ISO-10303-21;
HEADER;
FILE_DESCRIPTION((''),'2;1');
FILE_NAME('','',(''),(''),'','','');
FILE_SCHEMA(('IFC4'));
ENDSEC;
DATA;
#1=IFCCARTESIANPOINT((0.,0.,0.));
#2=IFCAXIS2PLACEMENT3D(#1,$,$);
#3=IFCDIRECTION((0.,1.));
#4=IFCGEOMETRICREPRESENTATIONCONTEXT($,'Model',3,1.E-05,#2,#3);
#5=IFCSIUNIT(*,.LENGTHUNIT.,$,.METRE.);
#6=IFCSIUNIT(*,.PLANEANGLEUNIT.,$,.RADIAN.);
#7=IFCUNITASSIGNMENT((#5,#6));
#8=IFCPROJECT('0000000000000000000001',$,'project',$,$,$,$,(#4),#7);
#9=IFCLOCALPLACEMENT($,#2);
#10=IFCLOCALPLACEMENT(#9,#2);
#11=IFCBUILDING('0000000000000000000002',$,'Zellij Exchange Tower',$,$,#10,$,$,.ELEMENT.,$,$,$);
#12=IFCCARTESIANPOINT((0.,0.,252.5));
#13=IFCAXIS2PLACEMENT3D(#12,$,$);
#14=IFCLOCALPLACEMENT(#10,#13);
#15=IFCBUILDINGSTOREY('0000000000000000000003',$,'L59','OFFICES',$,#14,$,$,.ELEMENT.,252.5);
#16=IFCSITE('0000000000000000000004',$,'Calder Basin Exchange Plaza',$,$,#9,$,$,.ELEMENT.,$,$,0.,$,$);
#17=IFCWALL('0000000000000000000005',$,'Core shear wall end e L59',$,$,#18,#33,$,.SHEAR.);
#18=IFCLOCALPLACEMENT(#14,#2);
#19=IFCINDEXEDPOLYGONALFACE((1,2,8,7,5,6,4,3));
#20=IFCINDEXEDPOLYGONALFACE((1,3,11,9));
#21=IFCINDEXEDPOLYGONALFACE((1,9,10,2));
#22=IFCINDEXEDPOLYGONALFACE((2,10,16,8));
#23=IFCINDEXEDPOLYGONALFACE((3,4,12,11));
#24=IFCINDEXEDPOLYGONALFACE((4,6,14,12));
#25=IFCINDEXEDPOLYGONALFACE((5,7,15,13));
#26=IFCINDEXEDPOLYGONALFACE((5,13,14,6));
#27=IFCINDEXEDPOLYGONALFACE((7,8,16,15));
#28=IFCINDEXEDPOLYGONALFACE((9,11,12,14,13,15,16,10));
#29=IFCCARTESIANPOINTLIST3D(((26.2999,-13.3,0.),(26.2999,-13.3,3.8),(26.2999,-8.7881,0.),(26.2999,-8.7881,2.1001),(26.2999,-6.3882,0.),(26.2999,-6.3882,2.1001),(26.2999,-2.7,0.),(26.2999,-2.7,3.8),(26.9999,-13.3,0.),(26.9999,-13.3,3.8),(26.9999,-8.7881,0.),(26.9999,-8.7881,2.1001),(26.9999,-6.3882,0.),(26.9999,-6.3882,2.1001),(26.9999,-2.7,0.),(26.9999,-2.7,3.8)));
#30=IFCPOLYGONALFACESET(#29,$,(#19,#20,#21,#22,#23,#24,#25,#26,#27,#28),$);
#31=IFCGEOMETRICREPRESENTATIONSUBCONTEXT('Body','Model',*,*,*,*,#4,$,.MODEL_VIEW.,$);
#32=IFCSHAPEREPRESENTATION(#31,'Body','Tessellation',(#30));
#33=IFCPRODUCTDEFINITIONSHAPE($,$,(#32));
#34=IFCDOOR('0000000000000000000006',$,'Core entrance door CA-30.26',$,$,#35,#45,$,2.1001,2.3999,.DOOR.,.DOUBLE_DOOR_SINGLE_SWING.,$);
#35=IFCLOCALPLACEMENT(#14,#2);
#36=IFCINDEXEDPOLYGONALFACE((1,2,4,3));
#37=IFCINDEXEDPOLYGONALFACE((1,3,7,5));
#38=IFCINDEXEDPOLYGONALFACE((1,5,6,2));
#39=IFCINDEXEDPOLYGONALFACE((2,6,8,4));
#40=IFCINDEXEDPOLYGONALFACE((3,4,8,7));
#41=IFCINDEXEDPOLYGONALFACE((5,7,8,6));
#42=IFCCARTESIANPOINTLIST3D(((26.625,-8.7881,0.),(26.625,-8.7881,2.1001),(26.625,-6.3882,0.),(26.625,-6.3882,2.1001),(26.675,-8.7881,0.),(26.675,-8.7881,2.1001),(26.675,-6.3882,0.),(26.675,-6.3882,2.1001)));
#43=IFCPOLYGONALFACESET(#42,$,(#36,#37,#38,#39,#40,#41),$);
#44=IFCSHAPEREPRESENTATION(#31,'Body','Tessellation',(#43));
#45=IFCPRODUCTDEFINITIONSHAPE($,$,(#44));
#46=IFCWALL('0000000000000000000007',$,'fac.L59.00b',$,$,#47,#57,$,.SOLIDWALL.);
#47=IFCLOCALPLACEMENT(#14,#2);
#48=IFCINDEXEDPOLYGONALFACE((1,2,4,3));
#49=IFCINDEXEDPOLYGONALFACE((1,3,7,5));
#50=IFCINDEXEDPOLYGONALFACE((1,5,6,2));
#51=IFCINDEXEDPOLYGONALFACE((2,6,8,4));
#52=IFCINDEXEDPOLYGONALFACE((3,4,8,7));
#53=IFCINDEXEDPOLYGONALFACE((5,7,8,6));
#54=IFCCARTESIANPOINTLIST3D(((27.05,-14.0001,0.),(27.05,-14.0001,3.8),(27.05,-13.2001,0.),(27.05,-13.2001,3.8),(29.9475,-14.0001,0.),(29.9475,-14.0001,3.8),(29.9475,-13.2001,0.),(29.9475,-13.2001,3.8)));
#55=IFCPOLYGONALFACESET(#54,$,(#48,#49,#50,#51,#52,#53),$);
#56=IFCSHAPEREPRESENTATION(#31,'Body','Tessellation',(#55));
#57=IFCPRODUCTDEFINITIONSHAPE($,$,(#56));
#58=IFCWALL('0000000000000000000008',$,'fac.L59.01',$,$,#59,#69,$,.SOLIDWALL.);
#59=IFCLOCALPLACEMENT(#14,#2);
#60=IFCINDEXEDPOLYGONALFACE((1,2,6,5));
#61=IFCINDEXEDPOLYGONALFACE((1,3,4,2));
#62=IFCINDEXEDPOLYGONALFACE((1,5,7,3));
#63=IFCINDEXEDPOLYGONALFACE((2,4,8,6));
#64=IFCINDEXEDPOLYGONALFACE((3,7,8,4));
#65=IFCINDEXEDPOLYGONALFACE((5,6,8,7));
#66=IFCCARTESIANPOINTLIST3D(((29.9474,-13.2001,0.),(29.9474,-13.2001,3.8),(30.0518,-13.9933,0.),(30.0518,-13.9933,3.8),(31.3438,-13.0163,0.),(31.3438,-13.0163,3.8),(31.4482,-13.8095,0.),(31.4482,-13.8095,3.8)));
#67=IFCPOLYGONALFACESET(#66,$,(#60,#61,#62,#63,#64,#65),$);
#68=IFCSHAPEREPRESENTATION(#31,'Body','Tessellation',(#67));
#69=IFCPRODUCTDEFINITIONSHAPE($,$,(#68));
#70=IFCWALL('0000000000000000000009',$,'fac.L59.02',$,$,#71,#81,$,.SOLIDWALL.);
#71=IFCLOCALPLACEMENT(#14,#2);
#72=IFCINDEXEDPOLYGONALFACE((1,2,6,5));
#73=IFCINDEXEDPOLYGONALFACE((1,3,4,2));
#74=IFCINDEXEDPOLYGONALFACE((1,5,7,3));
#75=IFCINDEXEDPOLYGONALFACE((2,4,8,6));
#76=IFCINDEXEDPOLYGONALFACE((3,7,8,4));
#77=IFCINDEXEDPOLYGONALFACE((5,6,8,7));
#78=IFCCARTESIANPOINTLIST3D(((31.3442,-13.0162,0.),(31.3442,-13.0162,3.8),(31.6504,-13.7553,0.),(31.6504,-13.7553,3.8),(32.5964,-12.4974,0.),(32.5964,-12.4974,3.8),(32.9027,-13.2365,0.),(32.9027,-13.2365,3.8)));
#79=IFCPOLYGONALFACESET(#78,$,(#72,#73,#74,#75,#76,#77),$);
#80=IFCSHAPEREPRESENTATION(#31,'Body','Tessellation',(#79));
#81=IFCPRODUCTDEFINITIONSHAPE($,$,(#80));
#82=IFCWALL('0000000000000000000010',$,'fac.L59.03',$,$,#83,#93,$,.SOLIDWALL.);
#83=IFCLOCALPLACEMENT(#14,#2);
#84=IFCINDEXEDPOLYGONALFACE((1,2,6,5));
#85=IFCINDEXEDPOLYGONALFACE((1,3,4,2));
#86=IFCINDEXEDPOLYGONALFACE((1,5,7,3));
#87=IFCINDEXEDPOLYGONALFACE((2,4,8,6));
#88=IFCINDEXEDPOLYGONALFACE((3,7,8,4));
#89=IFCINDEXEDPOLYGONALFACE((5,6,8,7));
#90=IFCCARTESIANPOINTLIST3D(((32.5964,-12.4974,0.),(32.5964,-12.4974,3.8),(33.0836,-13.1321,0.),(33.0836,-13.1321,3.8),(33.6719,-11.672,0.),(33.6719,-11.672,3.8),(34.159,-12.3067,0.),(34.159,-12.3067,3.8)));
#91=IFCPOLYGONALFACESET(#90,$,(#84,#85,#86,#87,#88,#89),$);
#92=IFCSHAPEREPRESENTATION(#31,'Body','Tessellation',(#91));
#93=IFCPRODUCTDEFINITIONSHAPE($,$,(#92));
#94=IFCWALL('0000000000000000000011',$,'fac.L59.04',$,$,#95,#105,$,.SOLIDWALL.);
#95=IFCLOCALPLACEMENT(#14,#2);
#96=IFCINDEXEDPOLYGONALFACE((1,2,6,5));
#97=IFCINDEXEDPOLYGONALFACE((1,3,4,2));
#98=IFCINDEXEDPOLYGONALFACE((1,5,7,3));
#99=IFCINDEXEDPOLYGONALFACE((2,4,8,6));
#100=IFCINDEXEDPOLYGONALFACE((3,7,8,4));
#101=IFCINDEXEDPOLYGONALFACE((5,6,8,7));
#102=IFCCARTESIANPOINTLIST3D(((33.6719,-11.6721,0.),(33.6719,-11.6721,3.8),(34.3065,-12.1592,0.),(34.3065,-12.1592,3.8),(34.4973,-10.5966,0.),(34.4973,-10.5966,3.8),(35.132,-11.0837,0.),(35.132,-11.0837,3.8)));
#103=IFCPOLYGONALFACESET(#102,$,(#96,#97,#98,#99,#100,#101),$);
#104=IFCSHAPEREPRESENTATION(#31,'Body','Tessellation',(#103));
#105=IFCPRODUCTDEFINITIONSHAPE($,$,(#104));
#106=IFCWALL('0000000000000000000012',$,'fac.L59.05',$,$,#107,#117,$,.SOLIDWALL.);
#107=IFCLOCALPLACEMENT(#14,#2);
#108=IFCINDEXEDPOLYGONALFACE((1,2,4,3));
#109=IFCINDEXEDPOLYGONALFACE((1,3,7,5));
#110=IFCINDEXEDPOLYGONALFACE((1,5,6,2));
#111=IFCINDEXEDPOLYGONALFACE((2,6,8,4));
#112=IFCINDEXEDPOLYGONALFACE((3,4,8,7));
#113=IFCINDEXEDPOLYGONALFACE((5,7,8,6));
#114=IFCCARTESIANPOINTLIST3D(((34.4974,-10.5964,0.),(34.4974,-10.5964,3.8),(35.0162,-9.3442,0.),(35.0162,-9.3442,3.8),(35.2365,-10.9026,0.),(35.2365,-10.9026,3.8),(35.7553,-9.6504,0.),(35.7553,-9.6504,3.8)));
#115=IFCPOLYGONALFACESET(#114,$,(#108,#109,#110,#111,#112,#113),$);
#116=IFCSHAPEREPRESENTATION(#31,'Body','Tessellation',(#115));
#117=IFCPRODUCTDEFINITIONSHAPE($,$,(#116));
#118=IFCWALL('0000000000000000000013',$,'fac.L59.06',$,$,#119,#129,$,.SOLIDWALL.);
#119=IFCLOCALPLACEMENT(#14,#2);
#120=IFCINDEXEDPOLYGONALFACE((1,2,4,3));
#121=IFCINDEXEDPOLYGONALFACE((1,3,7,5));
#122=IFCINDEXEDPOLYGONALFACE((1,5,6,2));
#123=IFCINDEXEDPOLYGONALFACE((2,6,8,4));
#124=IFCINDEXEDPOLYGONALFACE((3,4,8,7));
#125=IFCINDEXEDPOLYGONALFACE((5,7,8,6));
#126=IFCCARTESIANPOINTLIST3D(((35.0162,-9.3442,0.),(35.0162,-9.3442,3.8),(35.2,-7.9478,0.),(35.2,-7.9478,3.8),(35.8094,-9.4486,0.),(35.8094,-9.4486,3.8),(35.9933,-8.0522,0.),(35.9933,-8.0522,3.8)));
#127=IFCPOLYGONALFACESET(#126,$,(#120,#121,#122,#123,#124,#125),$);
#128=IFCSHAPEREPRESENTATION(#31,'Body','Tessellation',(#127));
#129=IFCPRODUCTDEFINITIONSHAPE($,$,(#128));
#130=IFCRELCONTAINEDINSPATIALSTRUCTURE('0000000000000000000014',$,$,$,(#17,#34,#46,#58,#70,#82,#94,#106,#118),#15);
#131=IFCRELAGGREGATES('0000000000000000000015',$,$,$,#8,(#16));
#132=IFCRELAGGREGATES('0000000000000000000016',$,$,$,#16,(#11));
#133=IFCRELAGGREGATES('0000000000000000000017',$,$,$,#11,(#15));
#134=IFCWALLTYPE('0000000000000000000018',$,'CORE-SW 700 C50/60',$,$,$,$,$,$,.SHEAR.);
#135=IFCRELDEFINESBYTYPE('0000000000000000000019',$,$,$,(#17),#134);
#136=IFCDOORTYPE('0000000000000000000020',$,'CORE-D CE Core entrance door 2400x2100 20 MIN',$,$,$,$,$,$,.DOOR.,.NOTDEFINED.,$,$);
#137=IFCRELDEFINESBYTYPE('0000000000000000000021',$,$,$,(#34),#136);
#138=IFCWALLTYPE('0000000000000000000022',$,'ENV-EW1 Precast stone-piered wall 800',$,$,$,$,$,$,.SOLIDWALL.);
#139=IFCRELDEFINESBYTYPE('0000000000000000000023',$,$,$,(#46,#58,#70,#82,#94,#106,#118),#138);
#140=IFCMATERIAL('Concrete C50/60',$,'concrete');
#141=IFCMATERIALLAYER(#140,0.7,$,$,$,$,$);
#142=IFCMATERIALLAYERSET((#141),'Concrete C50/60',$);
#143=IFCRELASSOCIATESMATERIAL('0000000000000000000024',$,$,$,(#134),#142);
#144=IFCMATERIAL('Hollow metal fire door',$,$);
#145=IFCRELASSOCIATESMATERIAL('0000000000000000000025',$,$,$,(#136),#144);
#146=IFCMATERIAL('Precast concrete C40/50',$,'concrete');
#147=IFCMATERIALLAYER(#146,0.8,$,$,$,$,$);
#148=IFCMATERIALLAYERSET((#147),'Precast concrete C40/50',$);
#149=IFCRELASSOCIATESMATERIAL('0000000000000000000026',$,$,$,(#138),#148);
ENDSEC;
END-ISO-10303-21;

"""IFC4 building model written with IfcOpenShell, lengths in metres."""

from ifc_helpers import new_model, si_unit, direction, frame, frame_2d, origin, place, context, subcontext, project, spatial, rectangle, extrude, material, layer, layer_set, type_object, element, fill, save


model = new_model("IFC4")

# Units and contexts
model_context = context("Model", 3, precision=1e-05, world=origin(), true_north=direction((0.0, 1.0)))
body_context = subcontext(model_context, "Body", "Model", "MODEL_VIEW")
ifc_project = project(units=[si_unit("LENGTHUNIT", "METRE"), si_unit("PLANEANGLEUNIT", "RADIAN")], contexts=[model_context])

# Site, building, storey
site_placement = place(None, origin())
site = spatial("IfcSite", under=ifc_project, at=site_placement, Name="Calder Basin Exchange Plaza", CompositionType="ELEMENT", RefElevation=0.0)
building_placement = place(site_placement, origin())
building = spatial("IfcBuilding", under=site, at=building_placement, Name="Zellij Exchange Tower", CompositionType="ELEMENT")
storey_placement = place(building_placement, frame((0.0, 0.0, 252.5)))
storey = spatial("IfcBuildingStorey", under=building, at=storey_placement, Name="L59", Description="OFFICES", CompositionType="ELEMENT", Elevation=252.5)

# Shared definitions
ifc_material_1 = material(Name="Concrete C50/60", Category="concrete")

# Wall, opening, door
ifc_layer_1 = layer(ifc_material_1, 0.7)
ifc_layer_set_1 = layer_set([ifc_layer_1], Name="Concrete C50/60")
wall_type_1 = type_object("IfcWallType", Name="CORE-SW 700 C50/60", PredefinedType="SHEAR", material=ifc_layer_set_1)
wall_1_placement = place(storey_placement, frame((26.6499, -13.3, 0.0), z_axis=(0.0, 0.0, 1.0), x_axis=(0.0, 1.0, 0.0)))
wall_1 = element("IfcWall", 1, at=wall_1_placement, inside=storey, type_object=wall_type_1, Name="Core shear wall end e L59", PredefinedType="SHEAR", context=body_context, shape_type="SweptSolid", body=[
    extrude(rectangle(XDim=10.6001, YDim=0.7, at=frame_2d((5.3, 0.0))), origin(), (0.0, 0.0, 1.0), 3.8),
])
opening_1_placement = place(wall_1_placement, frame((4.512, 0.0, 0.0)))
opening_1 = element("IfcOpeningElement", 2, at=opening_1_placement, cuts=wall_1, PredefinedType="OPENING", context=body_context, shape_type="SweptSolid", body=[
    extrude(rectangle(XDim=2.3999, YDim=2.1001, at=frame_2d((1.2, 1.05))), frame((0.0, 0.3618, 0.0), z_axis=(0.0, -1.0, 0.0), x_axis=(1.0, 0.0, 0.0)), (0.0, 0.0, 1.0), 0.7239),
])
ifc_material_2 = material(Name="Hollow metal fire door")
door_type_1 = type_object("IfcDoorType", Name="CORE-D CE Core entrance door 2400x2100 20 MIN", OperationType="NOTDEFINED", PredefinedType="DOOR", material=ifc_material_2)
door_1_placement = place(opening_1_placement, origin())
door_1 = element("IfcDoor", 3, at=door_1_placement, inside=storey, type_object=door_type_1, Name="Core entrance door CA-30.26", OperationType="DOUBLE_DOOR_SINGLE_SWING", OverallHeight=2.1001, OverallWidth=2.3999, PredefinedType="DOOR", context=body_context, shape_type="SweptSolid", body=[
    extrude(rectangle(XDim=2.3999, YDim=2.1001, at=frame_2d((1.2, 1.05))), frame((0.0, 0.0249, 0.0), z_axis=(0.0, -1.0, 0.0), x_axis=(1.0, 0.0, 0.0)), (0.0, 0.0, 1.0), 0.05),
])
fill(opening_1, door_1)

# Walls
ifc_material_3 = material(Name="Precast concrete C40/50", Category="concrete")
ifc_layer_2 = layer(ifc_material_3, 0.8)
ifc_layer_set_2 = layer_set([ifc_layer_2], Name="Precast concrete C40/50")
wall_type_2 = type_object("IfcWallType", Name="ENV-EW1 Precast stone-piered wall 800", PredefinedType="SOLIDWALL", material=ifc_layer_set_2)
wall_2_placement = place(storey_placement, frame((27.05, -13.6001, 0.0), z_axis=(0.0, 0.0, 1.0), x_axis=(1.0, 0.0, 0.0)))
element("IfcWall", 4, at=wall_2_placement, inside=storey, type_object=wall_type_2, Name="fac.L59.00b", PredefinedType="SOLIDWALL", context=body_context, shape_type="SweptSolid", body=[
    extrude(rectangle(XDim=2.8975, YDim=0.8, at=frame_2d((1.4487, 0.0))), origin(), (0.0, 0.0, 1.0), 3.8),
])
wall_3_placement = place(storey_placement, frame((29.9998, -13.5967, 0.0), z_axis=(0.0, 0.0, 1.0), x_axis=(0.991446, 0.130517, 0.0)))
element("IfcWall", 5, at=wall_3_placement, inside=storey, type_object=wall_type_2, Name="fac.L59.01", PredefinedType="SOLIDWALL", context=body_context, shape_type="SweptSolid", body=[
    extrude(rectangle(XDim=1.4084, YDim=0.8, at=frame_2d((0.7041, 0.0))), origin(), (0.0, 0.0, 1.0), 3.8),
])
wall_4_placement = place(storey_placement, frame((31.4973, -13.3857, 0.0), z_axis=(0.0, 0.0, 1.0), x_axis=(0.923848, 0.38276, 0.0)))
element("IfcWall", 6, at=wall_4_placement, inside=storey, type_object=wall_type_2, Name="fac.L59.02", PredefinedType="SOLIDWALL", context=body_context, shape_type="SweptSolid", body=[
    extrude(rectangle(XDim=1.3555, YDim=0.8, at=frame_2d((0.6777, 0.0))), origin(), (0.0, 0.0, 1.0), 3.8),
])
for number, where, z_axis, x_axis, name in (
    (7, (32.8401, -12.8147, 0.0), (0.0, 0.0, 1.0), (0.793273, 0.608866, 0.0), "fac.L59.03"),
    (8, (33.9893, -11.9155, 0.0), (0.0, 0.0, 1.0), (0.608866, 0.793273, 0.0), "fac.L59.04"),
):
    element("IfcWall", number, at=place(storey_placement, frame(where, z_axis=z_axis, x_axis=x_axis)), inside=storey, type_object=wall_type_2, Name=name, PredefinedType="SOLIDWALL", context=body_context, shape_type="SweptSolid", body=[
        extrude(rectangle(XDim=1.3557, YDim=0.8, at=frame_2d((0.6777, 0.0))), origin(), (0.0, 0.0, 1.0), 3.8),
    ])
wall_5_placement = place(storey_placement, frame((34.8669, -10.7495, 0.0), z_axis=(0.0, 0.0, 1.0), x_axis=(0.38276, 0.923848, 0.0)))
element("IfcWall", 9, at=wall_5_placement, inside=storey, type_object=wall_type_2, Name="fac.L59.05", PredefinedType="SOLIDWALL", context=body_context, shape_type="SweptSolid", body=[
    extrude(rectangle(XDim=1.3555, YDim=0.8, at=frame_2d((0.6777, 0.0))), origin(), (0.0, 0.0, 1.0), 3.8),
])
wall_6_placement = place(storey_placement, frame((35.4128, -9.3962, 0.0), z_axis=(0.0, 0.0, 1.0), x_axis=(0.130517, 0.991446, 0.0)))
element("IfcWall", 10, at=wall_6_placement, inside=storey, type_object=wall_type_2, Name="fac.L59.06", PredefinedType="SOLIDWALL", context=body_context, shape_type="SweptSolid", body=[
    extrude(rectangle(XDim=1.4084, YDim=0.8, at=frame_2d((0.7041, 0.0))), origin(), (0.0, 0.0, 1.0), 3.8),
])

save(model, "model.ifc")
